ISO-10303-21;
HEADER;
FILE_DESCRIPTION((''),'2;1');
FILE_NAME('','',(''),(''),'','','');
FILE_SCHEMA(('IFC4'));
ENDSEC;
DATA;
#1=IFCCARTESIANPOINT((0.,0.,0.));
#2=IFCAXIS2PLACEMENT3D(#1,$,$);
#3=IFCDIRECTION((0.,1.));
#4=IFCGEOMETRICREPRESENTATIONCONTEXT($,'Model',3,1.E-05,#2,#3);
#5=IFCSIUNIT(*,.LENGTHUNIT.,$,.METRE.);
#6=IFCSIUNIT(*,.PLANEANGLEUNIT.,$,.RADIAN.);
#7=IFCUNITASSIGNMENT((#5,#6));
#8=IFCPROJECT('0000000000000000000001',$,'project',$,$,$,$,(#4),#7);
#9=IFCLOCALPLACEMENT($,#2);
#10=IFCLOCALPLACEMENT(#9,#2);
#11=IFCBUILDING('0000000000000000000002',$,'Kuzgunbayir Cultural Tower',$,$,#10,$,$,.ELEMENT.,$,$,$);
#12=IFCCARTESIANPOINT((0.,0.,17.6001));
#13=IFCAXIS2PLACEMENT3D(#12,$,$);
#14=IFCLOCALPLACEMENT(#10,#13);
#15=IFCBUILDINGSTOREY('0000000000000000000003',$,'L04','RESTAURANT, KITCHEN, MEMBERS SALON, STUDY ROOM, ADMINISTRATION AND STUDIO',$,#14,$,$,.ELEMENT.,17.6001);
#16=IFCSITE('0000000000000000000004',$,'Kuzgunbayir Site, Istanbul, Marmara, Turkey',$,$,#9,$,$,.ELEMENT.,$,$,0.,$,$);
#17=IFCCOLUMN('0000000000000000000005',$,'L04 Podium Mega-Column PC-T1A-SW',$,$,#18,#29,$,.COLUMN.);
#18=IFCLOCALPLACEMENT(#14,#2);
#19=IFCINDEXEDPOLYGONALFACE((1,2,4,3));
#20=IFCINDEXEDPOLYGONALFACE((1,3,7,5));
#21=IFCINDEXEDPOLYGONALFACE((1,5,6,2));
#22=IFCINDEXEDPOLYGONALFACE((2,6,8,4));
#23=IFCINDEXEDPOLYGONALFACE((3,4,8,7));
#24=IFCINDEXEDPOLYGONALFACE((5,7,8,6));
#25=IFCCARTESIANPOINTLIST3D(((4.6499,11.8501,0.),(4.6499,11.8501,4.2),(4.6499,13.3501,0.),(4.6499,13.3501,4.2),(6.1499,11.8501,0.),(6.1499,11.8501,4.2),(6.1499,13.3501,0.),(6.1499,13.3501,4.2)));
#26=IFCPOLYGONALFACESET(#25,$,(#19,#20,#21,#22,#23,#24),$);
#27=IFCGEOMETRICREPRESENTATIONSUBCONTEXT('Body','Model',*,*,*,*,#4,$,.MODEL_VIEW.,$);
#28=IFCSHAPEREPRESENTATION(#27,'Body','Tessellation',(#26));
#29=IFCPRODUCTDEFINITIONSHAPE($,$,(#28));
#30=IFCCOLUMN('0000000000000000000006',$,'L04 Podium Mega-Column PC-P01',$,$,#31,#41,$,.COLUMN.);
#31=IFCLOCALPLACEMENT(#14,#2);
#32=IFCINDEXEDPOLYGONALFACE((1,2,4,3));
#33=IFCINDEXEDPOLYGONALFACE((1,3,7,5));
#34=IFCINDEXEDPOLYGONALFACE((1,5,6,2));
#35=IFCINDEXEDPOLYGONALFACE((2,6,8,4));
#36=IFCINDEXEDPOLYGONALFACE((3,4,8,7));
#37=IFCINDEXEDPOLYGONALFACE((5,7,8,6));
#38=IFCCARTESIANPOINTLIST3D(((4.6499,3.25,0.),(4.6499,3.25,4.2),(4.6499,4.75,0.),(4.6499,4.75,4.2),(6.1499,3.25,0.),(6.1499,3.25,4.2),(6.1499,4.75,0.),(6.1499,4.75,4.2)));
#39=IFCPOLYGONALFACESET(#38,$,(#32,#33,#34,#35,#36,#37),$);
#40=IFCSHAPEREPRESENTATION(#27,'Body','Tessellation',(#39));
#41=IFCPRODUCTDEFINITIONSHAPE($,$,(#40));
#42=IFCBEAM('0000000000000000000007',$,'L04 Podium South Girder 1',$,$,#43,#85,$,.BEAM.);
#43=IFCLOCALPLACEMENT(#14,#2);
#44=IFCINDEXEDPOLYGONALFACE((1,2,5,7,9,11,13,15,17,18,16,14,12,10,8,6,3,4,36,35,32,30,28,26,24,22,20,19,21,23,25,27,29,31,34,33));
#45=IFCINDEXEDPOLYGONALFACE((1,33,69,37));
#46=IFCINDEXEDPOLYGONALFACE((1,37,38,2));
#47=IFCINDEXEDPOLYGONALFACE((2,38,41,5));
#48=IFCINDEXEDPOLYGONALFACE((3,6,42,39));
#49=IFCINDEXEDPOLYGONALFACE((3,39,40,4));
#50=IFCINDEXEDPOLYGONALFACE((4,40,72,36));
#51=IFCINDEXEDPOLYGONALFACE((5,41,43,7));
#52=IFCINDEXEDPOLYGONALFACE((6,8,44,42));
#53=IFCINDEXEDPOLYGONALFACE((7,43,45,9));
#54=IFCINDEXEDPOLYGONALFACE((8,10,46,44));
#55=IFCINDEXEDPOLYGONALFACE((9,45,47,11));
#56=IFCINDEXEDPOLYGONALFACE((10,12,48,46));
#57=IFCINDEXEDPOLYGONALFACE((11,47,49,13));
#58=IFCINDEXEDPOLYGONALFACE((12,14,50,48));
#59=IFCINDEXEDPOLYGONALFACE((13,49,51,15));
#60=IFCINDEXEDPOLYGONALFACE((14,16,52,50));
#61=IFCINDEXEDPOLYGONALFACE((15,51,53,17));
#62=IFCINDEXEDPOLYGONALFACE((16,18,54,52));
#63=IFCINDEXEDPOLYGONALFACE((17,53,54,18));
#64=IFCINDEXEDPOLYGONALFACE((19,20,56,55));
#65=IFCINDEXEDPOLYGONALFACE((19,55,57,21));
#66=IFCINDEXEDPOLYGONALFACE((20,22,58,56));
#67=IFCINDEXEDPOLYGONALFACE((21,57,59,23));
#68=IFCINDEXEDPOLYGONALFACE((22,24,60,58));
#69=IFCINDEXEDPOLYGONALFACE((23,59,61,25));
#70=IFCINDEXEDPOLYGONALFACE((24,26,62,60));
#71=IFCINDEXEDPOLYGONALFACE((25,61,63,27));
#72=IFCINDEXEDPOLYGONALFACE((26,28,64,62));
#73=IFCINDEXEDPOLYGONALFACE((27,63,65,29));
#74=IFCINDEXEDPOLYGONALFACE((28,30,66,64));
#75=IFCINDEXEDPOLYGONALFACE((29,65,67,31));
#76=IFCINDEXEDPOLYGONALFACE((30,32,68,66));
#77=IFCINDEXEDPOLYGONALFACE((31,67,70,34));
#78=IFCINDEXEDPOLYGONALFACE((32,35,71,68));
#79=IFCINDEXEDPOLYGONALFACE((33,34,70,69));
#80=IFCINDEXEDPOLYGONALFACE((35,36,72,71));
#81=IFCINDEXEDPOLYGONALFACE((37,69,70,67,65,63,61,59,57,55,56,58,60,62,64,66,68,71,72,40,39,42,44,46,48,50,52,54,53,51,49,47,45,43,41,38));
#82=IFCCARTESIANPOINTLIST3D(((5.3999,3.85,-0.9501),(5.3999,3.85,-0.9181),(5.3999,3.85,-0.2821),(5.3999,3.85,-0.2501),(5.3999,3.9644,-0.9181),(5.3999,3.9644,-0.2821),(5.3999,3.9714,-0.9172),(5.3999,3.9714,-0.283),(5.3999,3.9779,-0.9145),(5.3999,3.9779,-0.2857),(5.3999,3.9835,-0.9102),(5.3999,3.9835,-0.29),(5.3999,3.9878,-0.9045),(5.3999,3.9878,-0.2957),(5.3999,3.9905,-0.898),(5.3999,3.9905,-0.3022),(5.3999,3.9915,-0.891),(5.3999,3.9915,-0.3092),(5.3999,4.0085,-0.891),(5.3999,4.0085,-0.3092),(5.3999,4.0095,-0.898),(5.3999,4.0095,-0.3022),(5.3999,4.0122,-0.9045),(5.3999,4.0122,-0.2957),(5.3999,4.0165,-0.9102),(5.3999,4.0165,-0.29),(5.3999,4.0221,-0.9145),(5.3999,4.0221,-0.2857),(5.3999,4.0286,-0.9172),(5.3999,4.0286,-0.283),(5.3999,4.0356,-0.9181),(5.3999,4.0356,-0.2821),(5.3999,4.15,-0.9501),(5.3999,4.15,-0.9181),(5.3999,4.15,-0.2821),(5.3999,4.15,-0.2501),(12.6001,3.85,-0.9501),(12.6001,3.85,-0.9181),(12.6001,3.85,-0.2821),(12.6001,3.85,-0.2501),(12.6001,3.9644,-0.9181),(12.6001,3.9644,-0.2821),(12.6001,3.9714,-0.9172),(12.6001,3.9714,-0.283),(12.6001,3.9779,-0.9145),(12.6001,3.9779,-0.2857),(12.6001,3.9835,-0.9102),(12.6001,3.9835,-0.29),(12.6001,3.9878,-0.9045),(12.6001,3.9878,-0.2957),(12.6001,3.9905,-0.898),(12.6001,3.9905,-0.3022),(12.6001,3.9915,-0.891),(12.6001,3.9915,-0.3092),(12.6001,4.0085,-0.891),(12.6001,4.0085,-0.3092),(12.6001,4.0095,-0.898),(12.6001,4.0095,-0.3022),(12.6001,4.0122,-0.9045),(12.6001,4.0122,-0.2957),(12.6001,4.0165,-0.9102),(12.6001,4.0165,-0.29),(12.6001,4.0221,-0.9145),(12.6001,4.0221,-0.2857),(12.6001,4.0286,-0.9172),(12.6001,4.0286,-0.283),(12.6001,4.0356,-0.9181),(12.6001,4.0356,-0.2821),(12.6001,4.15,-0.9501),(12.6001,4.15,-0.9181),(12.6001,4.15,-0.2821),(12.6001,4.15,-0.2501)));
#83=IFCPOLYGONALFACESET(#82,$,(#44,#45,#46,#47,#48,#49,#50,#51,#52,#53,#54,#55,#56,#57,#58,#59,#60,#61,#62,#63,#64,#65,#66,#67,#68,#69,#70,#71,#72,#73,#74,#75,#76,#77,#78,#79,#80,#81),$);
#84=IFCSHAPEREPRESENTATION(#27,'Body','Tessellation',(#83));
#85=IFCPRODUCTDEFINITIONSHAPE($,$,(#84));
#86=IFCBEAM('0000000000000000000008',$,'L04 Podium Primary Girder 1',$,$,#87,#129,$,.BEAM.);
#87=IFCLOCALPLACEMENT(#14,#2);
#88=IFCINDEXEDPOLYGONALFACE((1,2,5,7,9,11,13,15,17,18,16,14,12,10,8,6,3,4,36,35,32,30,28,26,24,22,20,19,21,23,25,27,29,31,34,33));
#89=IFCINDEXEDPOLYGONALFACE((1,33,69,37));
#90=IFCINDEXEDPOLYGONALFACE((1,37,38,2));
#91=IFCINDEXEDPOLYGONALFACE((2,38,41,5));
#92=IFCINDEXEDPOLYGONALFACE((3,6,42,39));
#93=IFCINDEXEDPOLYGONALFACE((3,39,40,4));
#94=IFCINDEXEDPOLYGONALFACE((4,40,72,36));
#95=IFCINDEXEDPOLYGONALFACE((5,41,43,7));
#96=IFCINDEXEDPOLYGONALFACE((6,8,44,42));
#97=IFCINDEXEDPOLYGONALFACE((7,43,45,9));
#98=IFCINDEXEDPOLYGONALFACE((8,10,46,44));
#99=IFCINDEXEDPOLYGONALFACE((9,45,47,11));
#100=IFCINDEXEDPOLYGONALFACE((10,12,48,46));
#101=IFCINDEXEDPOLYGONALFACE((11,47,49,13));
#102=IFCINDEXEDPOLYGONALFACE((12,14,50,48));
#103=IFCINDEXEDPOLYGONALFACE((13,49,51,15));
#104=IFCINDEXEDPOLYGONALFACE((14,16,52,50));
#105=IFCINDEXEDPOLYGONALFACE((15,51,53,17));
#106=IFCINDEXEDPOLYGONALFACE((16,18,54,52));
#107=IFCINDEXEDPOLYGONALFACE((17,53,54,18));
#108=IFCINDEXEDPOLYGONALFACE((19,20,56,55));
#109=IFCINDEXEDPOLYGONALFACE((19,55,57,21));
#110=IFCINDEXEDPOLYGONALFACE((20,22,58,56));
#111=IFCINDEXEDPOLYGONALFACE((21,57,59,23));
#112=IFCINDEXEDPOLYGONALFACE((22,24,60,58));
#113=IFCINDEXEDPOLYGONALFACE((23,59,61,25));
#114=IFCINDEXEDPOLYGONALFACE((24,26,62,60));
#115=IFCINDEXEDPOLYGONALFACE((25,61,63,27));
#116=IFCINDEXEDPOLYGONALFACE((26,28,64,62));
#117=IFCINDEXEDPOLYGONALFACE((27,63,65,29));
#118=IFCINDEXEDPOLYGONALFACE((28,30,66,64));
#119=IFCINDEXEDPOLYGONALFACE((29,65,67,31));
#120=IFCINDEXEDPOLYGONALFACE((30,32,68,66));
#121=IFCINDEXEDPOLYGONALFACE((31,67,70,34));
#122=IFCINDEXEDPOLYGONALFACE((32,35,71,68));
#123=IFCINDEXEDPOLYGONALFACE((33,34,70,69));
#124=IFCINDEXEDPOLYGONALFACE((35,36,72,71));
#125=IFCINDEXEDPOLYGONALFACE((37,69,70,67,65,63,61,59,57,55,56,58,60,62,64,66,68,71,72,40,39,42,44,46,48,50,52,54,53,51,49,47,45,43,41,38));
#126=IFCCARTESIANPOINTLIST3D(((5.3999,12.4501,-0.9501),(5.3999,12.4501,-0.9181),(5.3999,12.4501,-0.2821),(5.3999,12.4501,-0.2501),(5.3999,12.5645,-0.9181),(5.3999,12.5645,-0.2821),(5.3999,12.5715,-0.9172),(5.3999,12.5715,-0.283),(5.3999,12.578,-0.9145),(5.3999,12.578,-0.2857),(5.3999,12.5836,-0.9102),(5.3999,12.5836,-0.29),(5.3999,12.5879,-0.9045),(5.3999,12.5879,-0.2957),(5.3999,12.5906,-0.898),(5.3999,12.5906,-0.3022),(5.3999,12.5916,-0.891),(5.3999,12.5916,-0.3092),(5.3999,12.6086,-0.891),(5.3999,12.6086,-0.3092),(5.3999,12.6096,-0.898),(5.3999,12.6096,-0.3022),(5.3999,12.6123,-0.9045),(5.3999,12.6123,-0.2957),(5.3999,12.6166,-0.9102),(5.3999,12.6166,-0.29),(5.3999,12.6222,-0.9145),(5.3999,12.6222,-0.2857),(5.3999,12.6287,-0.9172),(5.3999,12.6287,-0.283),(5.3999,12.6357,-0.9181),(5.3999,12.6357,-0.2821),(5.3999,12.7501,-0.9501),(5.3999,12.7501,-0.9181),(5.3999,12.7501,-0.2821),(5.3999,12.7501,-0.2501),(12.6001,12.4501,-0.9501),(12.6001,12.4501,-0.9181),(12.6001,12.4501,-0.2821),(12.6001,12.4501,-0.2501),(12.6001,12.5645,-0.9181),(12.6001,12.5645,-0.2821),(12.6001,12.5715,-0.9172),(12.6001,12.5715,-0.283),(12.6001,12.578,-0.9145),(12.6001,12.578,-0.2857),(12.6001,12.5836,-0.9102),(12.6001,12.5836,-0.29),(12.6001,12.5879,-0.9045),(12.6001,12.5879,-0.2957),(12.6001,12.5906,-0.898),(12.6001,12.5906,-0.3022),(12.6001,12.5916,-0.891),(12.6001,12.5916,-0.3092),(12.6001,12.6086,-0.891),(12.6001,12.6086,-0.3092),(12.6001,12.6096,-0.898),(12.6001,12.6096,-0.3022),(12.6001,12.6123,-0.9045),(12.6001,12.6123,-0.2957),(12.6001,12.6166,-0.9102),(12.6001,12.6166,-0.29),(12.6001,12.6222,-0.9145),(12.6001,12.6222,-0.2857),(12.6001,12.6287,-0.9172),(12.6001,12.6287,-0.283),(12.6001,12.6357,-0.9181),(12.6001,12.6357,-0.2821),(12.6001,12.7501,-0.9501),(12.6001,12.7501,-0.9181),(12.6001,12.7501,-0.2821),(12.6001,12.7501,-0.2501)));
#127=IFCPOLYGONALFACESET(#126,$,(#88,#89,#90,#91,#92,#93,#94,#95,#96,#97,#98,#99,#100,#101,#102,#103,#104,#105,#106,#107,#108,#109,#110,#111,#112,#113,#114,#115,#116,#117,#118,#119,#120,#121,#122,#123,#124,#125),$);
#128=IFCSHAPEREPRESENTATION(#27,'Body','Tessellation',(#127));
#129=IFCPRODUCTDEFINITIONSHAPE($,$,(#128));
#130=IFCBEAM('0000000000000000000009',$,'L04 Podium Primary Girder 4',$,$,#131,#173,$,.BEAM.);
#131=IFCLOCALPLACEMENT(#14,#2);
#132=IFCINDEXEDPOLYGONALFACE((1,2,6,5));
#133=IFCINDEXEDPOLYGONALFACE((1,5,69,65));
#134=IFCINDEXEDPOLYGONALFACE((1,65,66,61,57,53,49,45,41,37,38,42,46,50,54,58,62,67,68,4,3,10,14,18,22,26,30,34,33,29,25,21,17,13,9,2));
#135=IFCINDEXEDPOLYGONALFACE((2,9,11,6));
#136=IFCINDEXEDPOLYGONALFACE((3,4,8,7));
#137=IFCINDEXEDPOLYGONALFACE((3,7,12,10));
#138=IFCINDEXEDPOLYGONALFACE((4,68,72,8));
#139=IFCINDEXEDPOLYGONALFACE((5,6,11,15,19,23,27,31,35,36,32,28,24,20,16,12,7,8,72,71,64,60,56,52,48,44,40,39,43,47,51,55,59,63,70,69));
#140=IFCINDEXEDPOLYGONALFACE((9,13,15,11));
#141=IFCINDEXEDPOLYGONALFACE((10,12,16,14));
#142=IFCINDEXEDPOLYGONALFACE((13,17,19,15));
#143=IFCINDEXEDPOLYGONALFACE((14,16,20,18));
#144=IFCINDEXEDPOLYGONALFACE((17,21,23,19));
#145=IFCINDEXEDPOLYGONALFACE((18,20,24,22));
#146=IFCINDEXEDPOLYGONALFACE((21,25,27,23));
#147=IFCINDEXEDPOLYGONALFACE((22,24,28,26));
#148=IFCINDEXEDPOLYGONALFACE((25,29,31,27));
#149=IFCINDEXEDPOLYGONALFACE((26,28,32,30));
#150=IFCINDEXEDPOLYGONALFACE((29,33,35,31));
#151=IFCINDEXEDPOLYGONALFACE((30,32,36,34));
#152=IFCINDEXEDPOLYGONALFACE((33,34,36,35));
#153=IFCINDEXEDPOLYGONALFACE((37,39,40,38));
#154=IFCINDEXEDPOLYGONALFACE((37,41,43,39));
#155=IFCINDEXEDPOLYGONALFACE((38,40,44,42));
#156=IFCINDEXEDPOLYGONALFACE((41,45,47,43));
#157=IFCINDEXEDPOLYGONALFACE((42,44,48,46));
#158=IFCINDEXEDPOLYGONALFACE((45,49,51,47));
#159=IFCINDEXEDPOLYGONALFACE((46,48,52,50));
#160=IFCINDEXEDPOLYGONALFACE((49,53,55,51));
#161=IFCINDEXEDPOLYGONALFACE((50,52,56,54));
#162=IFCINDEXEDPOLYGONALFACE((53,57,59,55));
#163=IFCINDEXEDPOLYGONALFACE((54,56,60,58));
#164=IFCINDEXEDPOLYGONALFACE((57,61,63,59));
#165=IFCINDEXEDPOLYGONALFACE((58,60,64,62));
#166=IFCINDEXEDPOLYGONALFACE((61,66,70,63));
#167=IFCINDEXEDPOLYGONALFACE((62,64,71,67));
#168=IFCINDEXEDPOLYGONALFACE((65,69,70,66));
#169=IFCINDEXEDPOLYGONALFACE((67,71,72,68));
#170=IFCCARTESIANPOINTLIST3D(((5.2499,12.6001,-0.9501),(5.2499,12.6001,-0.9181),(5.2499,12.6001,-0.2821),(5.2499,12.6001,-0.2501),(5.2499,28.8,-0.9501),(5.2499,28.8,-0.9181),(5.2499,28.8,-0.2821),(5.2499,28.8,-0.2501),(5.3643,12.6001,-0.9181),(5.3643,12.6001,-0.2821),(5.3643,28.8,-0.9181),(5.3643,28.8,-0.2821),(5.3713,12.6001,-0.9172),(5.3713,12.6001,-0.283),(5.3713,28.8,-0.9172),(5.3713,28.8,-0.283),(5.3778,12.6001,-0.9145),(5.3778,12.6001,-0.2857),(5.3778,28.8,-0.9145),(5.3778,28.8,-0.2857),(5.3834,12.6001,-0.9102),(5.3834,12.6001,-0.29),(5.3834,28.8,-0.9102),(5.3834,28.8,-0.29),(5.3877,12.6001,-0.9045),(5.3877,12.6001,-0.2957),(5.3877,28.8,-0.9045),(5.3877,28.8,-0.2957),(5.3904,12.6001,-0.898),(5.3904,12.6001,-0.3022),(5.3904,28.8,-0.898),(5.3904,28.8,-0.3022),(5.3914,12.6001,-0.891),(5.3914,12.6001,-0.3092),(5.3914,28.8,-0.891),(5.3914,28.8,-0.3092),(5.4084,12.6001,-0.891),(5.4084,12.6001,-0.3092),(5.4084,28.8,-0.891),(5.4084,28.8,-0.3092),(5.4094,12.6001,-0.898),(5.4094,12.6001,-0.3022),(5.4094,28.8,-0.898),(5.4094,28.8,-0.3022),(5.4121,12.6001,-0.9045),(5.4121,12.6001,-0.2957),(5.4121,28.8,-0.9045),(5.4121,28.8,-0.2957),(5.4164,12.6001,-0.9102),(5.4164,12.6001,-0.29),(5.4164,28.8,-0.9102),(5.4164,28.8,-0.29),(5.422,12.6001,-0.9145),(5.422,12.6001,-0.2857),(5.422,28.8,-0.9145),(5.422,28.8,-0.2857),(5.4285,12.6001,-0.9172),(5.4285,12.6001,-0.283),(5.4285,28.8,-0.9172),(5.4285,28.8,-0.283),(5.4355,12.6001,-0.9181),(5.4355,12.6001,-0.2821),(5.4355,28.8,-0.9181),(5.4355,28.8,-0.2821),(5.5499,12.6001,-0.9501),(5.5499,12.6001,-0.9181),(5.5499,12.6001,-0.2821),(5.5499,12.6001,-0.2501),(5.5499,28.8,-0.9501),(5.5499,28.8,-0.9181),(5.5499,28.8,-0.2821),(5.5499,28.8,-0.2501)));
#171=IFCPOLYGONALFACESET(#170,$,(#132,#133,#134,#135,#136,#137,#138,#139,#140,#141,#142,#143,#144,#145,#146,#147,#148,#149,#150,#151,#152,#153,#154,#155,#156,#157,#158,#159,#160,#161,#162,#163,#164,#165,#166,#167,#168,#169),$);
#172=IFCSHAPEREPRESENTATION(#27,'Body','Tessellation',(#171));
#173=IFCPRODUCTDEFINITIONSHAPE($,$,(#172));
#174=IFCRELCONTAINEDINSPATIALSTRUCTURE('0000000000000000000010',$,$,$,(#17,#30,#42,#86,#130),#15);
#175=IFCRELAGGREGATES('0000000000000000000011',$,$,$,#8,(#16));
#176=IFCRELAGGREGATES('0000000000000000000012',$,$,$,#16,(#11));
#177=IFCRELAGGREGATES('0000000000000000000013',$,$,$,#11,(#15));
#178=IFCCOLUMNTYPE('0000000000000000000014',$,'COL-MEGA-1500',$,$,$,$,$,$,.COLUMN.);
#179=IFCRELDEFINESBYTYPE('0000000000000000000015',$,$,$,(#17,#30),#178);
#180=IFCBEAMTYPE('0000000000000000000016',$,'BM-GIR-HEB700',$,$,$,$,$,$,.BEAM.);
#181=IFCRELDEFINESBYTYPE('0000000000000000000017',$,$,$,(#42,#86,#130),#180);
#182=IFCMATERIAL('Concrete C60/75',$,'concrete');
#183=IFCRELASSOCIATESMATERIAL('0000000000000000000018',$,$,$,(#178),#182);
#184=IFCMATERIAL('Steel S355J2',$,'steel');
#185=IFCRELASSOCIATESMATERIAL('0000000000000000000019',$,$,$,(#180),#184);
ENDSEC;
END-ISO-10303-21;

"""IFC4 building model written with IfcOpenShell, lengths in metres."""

from ifc_helpers import new_model, si_unit, direction, frame, origin, origin_2d, place, context, subcontext, project, spatial, rectangle, i_section, extrude, material, material_profile, profile_set, type_object, element, save


model = new_model("IFC4")

# Units and contexts
model_context = context("Model", 3, precision=1e-05, world=origin(), true_north=direction((0.0, 1.0)))
body_context = subcontext(model_context, "Body", "Model", "MODEL_VIEW")
ifc_project = project(units=[si_unit("LENGTHUNIT", "METRE"), si_unit("PLANEANGLEUNIT", "RADIAN")], contexts=[model_context])

# Site, building, storey
site_placement = place(None, origin())
site = spatial("IfcSite", under=ifc_project, at=site_placement, Name="Kuzgunbayir Site, Istanbul, Marmara, Turkey", CompositionType="ELEMENT", RefElevation=0.0)
building_placement = place(site_placement, origin())
building = spatial("IfcBuilding", under=site, at=building_placement, Name="Kuzgunbayir Cultural Tower", CompositionType="ELEMENT")
storey_placement = place(building_placement, frame((0.0, 0.0, 17.6001)))
storey = spatial("IfcBuildingStorey", under=building, at=storey_placement, Name="L04", Description="RESTAURANT, KITCHEN, MEMBERS SALON, STUDY ROOM, ADMINISTRATION AND STUDIO", CompositionType="ELEMENT", Elevation=17.6001)

# Columns
ifc_material_1 = material(Name="Concrete C60/75", Category="concrete")
ifc_material_profile_1 = material_profile(ifc_material_1, rectangle(XDim=1.5, YDim=1.5, at=origin_2d()), Name="RC 1500x1500")
ifc_profile_set_1 = profile_set([ifc_material_profile_1], Name="Concrete C60/75")
column_type = type_object("IfcColumnType", Name="COL-MEGA-1500", PredefinedType="COLUMN", material=ifc_profile_set_1)
for number, where, z_axis, x_axis, name in (
    (1, (5.3999, 12.6001, 0.0), (0.0, 0.0, 1.0), (1.0, 0.0, 0.0), "L04 Podium Mega-Column PC-T1A-SW"),
    (2, (5.3999, 4.0, 0.0), (0.0, 0.0, 1.0), (1.0, 0.0, 0.0), "L04 Podium Mega-Column PC-P01"),
):
    element("IfcColumn", number, at=place(storey_placement, frame(where, z_axis=z_axis, x_axis=x_axis)), inside=storey, type_object=column_type, Name=name, PredefinedType="COLUMN", context=body_context, shape_type="SweptSolid", body=[
        extrude(rectangle(XDim=1.5, YDim=1.5, at=origin_2d()), origin(), (0.0, 0.0, 1.0), 4.2),
    ])

# Beams
ifc_material_2 = material(Name="Steel S355J2", Category="steel")
ifc_material_profile_2 = material_profile(ifc_material_2, i_section(OverallWidth=0.3, OverallDepth=0.7, WebThickness=0.0171, FlangeThickness=0.032, FilletRadius=0.0271, at=origin_2d()), Name="HEB 700")
ifc_profile_set_2 = profile_set([ifc_material_profile_2], Name="Steel S355J2")
beam_type = type_object("IfcBeamType", Name="BM-GIR-HEB700", PredefinedType="BEAM", material=ifc_profile_set_2)
for number, where, z_axis, x_axis, name in (
    (3, (5.3999, 4.0, -0.6001), (1.0, 0.0, 0.0), (0.0, 1.0, 0.0), "L04 Podium South Girder 1"),
    (4, (5.3999, 12.6001, -0.6001), (1.0, 0.0, 0.0), (0.0, 1.0, 0.0), "L04 Podium Primary Girder 1"),
):
    element("IfcBeam", number, at=place(storey_placement, frame(where, z_axis=z_axis, x_axis=x_axis)), inside=storey, type_object=beam_type, Name=name, PredefinedType="BEAM", context=body_context, shape_type="SweptSolid", body=[
        extrude(i_section(OverallWidth=0.3, OverallDepth=0.7, WebThickness=0.0171, FlangeThickness=0.032, FilletRadius=0.0271, at=origin_2d()), origin(), (0.0, 0.0, 1.0), 7.2002),
    ])
beam_1_placement = place(storey_placement, frame((5.3999, 12.6001, -0.6001), z_axis=(0.0, 1.0, 0.0), x_axis=(-1.0, 0.0, 0.0)))
element("IfcBeam", 5, at=beam_1_placement, inside=storey, type_object=beam_type, Name="L04 Podium Primary Girder 4", PredefinedType="BEAM", context=body_context, shape_type="SweptSolid", body=[
    extrude(i_section(OverallWidth=0.3, OverallDepth=0.7, WebThickness=0.0171, FlangeThickness=0.032, FilletRadius=0.0271, at=origin_2d()), origin(), (0.0, 0.0, 1.0), 16.2),
])

save(model, "model.ifc")
